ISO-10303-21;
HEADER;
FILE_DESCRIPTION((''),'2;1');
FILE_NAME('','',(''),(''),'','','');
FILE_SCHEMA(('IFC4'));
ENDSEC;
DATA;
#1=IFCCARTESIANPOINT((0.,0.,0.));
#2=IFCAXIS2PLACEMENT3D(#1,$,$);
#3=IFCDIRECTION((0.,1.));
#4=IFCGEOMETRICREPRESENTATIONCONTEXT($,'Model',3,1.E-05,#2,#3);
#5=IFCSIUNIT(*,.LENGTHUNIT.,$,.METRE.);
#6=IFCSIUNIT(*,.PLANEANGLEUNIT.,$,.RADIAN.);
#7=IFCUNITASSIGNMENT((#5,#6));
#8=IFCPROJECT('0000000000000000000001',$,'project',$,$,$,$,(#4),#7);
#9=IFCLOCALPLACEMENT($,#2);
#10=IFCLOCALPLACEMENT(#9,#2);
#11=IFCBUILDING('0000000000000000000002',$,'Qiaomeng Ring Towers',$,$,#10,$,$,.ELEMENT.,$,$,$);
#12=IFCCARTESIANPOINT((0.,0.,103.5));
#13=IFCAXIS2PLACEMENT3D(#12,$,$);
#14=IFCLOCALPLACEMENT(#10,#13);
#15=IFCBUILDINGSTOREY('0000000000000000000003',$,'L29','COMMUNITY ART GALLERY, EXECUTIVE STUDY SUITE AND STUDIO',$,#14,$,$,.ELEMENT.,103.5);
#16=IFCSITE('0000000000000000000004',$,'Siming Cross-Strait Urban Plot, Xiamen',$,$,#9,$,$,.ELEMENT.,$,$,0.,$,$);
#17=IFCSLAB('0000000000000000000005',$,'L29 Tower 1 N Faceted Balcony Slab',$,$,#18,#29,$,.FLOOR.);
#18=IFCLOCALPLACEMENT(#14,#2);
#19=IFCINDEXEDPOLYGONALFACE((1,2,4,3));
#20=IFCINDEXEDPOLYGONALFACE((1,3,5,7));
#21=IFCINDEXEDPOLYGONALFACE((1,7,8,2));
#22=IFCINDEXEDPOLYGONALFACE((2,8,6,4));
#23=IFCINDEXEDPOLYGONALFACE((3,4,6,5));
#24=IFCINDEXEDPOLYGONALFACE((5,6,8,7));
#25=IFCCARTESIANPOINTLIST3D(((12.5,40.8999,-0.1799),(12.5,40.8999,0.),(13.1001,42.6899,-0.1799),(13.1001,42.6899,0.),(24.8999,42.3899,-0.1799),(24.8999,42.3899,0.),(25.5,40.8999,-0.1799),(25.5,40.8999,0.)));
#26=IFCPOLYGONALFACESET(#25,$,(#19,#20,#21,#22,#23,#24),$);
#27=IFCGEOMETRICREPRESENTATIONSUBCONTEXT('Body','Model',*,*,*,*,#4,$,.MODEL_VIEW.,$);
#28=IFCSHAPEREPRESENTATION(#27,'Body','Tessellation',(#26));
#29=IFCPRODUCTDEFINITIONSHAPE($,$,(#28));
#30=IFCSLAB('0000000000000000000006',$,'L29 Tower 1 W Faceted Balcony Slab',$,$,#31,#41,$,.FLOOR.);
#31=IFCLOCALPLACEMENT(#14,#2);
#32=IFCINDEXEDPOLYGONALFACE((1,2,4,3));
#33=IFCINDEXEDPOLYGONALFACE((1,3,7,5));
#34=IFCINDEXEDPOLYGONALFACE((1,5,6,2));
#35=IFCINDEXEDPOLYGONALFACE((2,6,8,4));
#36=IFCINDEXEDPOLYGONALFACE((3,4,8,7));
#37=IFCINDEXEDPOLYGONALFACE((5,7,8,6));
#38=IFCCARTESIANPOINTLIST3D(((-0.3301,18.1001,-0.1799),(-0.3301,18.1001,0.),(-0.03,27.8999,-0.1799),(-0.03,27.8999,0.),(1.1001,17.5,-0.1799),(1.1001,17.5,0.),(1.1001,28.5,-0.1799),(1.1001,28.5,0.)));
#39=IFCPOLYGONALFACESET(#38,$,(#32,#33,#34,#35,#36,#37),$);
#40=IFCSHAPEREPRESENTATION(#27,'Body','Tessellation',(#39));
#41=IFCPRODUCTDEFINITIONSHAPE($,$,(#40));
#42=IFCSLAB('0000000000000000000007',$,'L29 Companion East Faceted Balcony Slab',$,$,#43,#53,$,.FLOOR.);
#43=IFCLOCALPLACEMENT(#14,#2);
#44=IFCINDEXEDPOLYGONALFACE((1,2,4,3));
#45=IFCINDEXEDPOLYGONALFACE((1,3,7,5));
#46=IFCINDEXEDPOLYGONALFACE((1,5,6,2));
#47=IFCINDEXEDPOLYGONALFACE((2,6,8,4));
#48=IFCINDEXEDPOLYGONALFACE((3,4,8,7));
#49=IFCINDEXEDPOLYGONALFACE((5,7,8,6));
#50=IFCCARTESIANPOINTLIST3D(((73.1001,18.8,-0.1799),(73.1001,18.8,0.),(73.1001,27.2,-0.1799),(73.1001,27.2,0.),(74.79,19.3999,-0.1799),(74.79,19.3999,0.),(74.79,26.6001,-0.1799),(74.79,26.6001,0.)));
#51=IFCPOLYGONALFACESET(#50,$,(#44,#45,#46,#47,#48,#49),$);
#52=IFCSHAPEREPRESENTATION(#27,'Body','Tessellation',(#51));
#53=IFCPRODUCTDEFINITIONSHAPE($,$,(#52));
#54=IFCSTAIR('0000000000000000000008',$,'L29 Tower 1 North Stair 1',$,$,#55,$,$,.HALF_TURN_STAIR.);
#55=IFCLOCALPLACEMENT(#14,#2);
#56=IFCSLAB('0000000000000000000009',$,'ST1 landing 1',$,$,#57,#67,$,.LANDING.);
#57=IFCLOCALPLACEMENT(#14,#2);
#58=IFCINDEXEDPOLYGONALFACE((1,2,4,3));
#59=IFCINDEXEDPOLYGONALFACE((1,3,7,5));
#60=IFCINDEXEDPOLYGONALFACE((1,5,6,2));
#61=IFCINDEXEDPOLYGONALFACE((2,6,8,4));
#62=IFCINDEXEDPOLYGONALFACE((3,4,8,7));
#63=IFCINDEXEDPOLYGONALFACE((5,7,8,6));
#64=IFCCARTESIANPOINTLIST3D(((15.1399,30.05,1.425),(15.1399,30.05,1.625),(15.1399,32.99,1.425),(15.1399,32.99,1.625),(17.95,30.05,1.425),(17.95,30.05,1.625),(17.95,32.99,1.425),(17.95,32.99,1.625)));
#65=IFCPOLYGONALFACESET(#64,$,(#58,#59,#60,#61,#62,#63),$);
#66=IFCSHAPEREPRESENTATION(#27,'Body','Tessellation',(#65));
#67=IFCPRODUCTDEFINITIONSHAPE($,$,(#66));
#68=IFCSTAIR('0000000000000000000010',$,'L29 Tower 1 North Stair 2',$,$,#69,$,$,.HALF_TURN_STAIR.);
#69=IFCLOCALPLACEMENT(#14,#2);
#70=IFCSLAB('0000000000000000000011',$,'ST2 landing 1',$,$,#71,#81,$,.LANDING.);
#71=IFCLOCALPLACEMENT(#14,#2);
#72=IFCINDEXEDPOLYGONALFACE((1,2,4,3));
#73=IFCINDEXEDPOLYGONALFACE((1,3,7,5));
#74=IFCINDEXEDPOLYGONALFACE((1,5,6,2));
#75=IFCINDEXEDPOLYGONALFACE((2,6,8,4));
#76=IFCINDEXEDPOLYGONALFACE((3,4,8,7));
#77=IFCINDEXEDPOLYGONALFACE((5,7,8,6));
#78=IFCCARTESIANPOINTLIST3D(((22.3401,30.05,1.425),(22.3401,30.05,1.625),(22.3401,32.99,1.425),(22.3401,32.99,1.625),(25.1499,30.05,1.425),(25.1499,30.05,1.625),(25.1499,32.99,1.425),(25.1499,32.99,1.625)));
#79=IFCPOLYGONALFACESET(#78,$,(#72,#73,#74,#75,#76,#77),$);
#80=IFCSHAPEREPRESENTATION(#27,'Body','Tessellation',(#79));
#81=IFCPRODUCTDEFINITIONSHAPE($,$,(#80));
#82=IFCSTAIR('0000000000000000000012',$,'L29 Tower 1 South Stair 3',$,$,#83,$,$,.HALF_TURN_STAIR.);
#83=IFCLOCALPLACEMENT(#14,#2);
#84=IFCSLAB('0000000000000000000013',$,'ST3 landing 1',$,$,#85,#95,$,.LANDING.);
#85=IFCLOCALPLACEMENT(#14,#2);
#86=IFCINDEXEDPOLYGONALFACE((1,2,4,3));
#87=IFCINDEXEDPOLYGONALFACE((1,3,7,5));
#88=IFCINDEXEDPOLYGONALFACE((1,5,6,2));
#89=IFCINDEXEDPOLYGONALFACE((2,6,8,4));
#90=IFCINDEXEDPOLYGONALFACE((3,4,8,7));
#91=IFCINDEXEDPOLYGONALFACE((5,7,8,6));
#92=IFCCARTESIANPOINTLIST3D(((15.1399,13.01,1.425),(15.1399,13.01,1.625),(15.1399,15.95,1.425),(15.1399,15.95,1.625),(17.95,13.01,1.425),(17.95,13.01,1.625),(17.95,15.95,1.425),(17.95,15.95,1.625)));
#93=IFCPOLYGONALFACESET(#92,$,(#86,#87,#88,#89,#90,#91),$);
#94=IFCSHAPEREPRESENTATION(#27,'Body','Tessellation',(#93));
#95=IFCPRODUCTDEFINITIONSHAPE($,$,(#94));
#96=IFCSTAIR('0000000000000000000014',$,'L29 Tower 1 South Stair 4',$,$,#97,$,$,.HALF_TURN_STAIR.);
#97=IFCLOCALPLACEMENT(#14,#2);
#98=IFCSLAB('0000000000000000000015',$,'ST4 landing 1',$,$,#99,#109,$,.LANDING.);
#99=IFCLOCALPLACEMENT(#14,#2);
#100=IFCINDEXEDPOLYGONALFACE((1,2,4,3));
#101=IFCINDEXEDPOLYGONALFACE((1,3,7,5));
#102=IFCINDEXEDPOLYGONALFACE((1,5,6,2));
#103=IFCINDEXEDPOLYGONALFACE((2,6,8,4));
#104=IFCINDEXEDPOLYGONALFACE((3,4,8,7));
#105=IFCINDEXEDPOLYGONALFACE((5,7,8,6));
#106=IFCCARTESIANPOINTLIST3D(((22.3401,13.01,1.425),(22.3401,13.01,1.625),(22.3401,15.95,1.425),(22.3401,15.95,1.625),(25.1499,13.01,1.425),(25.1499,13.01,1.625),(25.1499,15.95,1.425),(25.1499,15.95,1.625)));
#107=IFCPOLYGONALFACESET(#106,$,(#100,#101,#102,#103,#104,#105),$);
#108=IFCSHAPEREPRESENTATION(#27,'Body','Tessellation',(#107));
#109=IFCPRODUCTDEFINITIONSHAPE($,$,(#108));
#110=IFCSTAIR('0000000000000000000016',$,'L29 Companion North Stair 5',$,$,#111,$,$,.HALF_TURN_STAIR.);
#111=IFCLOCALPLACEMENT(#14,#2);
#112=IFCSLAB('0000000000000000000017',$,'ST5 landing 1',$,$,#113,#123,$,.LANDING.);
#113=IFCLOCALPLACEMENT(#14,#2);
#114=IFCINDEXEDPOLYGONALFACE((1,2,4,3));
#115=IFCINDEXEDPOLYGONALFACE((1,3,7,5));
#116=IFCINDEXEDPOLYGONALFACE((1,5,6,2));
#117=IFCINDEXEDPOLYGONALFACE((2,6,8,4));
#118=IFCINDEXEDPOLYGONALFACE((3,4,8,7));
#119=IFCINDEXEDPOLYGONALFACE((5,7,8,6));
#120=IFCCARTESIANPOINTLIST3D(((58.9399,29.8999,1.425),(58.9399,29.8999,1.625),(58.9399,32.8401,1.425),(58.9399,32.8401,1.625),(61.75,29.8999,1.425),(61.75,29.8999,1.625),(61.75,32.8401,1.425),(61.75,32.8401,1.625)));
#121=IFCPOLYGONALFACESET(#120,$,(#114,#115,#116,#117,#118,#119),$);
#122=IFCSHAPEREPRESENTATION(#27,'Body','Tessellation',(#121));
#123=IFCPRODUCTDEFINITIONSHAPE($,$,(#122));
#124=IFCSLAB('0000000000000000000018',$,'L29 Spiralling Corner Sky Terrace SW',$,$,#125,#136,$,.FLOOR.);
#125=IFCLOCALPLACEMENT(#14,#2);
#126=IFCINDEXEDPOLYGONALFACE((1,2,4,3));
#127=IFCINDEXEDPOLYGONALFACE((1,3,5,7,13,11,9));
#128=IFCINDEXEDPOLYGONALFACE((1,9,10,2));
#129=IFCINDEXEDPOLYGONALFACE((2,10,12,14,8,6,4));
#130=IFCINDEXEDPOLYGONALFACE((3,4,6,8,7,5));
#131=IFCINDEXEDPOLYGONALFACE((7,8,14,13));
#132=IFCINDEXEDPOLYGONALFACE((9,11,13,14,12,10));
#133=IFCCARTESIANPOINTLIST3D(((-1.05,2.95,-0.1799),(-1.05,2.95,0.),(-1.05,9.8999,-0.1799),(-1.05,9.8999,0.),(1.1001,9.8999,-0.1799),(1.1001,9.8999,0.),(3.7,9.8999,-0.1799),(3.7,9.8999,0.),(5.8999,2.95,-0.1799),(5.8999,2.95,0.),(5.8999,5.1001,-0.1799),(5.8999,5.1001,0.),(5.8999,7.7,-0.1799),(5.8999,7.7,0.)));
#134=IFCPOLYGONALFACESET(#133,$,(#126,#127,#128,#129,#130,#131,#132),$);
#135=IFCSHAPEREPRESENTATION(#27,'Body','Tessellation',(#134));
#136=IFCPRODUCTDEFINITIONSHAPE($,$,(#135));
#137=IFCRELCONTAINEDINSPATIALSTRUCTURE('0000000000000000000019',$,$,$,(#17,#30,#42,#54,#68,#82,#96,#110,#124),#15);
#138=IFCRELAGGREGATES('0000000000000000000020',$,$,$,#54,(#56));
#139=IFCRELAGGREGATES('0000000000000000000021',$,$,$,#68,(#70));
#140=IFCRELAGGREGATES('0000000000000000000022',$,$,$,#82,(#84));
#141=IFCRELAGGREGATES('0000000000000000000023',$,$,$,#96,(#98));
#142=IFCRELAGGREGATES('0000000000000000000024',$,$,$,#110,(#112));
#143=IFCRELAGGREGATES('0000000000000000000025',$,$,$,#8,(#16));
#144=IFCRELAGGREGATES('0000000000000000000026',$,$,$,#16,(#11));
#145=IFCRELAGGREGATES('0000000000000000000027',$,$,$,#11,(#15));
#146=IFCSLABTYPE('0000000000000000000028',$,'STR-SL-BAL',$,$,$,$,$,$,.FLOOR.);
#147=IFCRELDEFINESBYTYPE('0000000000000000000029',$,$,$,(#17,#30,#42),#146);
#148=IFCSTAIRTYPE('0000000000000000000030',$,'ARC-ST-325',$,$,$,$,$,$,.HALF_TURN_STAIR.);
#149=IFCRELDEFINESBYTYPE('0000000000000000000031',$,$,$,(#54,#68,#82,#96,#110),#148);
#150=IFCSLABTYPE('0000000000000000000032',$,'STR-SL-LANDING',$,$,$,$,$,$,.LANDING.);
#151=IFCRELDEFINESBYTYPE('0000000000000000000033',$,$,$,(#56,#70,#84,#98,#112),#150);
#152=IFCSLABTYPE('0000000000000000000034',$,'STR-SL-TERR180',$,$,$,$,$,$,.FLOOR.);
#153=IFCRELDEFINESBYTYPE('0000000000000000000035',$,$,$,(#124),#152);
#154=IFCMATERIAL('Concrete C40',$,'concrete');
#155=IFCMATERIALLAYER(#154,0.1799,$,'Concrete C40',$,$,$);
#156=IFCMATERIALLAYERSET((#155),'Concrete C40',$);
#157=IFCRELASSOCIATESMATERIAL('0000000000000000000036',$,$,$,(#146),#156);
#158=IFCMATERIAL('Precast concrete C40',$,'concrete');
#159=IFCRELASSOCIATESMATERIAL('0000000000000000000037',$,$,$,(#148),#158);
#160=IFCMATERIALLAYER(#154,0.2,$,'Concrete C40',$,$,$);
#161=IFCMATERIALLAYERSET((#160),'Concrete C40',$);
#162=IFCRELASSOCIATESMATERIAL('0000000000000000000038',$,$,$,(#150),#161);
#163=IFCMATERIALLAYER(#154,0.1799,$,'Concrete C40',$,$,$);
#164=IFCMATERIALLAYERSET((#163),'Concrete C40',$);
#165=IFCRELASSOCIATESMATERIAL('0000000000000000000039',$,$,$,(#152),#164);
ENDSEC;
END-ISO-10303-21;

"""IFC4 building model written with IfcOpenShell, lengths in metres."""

from ifc_helpers import new_model, si_unit, direction, frame, origin, place, context, subcontext, project, spatial, polyline, outline, extrude, material, layer, layer_set, type_object, element, aggregate, save


model = new_model("IFC4")

# Units and contexts
model_context = context("Model", 3, precision=1e-05, world=origin(), true_north=direction((0.0, 1.0)))
body_context = subcontext(model_context, "Body", "Model", "MODEL_VIEW")
ifc_project = project(units=[si_unit("LENGTHUNIT", "METRE"), si_unit("PLANEANGLEUNIT", "RADIAN")], contexts=[model_context])

# Site, building, storey
site_placement = place(None, origin())
site = spatial("IfcSite", under=ifc_project, at=site_placement, Name="Siming Cross-Strait Urban Plot, Xiamen", CompositionType="ELEMENT", RefElevation=0.0)
building_placement = place(site_placement, origin())
building = spatial("IfcBuilding", under=site, at=building_placement, Name="Qiaomeng Ring Towers", CompositionType="ELEMENT")
storey_placement = place(building_placement, frame((0.0, 0.0, 103.5)))
storey = spatial("IfcBuildingStorey", under=building, at=storey_placement, Name="L29", Description="COMMUNITY ART GALLERY, EXECUTIVE STUDY SUITE AND STUDIO", CompositionType="ELEMENT", Elevation=103.5)

# Slabs
ifc_material_1 = material(Name="Concrete C40", Category="concrete")
ifc_layer_1 = layer(ifc_material_1, 0.1799, Name="Concrete C40")
ifc_layer_set_1 = layer_set([ifc_layer_1], Name="Concrete C40")
slab_type_1 = type_object("IfcSlabType", Name="STR-SL-BAL", PredefinedType="FLOOR", material=ifc_layer_set_1)
slab_1_placement = place(storey_placement, frame((0.0, 0.0, -0.1799)))
element("IfcSlab", 1, at=slab_1_placement, inside=storey, type_object=slab_type_1, Name="L29 Tower 1 N Faceted Balcony Slab", PredefinedType="FLOOR", context=body_context, shape_type="SweptSolid", body=[
    extrude(outline(polyline([(12.5, 40.8999), (13.1001, 42.6899), (24.8999, 42.3899), (25.5, 40.8999), (12.5, 40.8999)])), origin(), (0.0, 0.0, 1.0), 0.1799),
])
slab_2_placement = place(storey_placement, frame((0.0, 0.0, -0.1799)))
element("IfcSlab", 2, at=slab_2_placement, inside=storey, type_object=slab_type_1, Name="L29 Tower 1 W Faceted Balcony Slab", PredefinedType="FLOOR", context=body_context, shape_type="SweptSolid", body=[
    extrude(outline(polyline([(-0.3301, 18.1001), (-0.03, 27.8999), (1.1001, 28.5), (1.1001, 17.5), (-0.3301, 18.1001)])), origin(), (0.0, 0.0, 1.0), 0.1799),
])
slab_3_placement = place(storey_placement, frame((0.0, 0.0, -0.1799)))
element("IfcSlab", 3, at=slab_3_placement, inside=storey, type_object=slab_type_1, Name="L29 Companion East Faceted Balcony Slab", PredefinedType="FLOOR", context=body_context, shape_type="SweptSolid", body=[
    extrude(outline(polyline([(74.79, 26.6001), (74.79, 19.3999), (73.1001, 18.8), (73.1001, 27.2), (74.79, 26.6001)])), origin(), (0.0, 0.0, 1.0), 0.1799),
])

# Stairs, slabs
ifc_material_2 = material(Name="Precast concrete C40", Category="concrete")
stair_type = type_object("IfcStairType", Name="ARC-ST-325", PredefinedType="HALF_TURN_STAIR", material=ifc_material_2)
stair_1_placement = place(storey_placement, origin())
stair_1 = element("IfcStair", 4, at=stair_1_placement, inside=storey, type_object=stair_type, Name="L29 Tower 1 North Stair 1", PredefinedType="HALF_TURN_STAIR")
ifc_layer_2 = layer(ifc_material_1, 0.2, Name="Concrete C40")
ifc_layer_set_2 = layer_set([ifc_layer_2], Name="Concrete C40")
slab_type_2 = type_object("IfcSlabType", Name="STR-SL-LANDING", PredefinedType="LANDING", material=ifc_layer_set_2)
slab_4_placement = place(storey_placement, frame((0.0, 0.0, 1.425)))
slab_4 = element("IfcSlab", 5, at=slab_4_placement, type_object=slab_type_2, Name="ST1 landing 1", PredefinedType="LANDING", context=body_context, shape_type="SweptSolid", body=[
    extrude(outline(polyline([(15.1399, 30.05), (17.95, 30.05), (17.95, 32.99), (15.1399, 32.99), (15.1399, 30.05)])), origin(), (0.0, 0.0, 1.0), 0.2),
])
aggregate(stair_1, [slab_4])
stair_2_placement = place(storey_placement, origin())
stair_2 = element("IfcStair", 6, at=stair_2_placement, inside=storey, type_object=stair_type, Name="L29 Tower 1 North Stair 2", PredefinedType="HALF_TURN_STAIR")
slab_5_placement = place(storey_placement, frame((0.0, 0.0, 1.425)))
slab_5 = element("IfcSlab", 7, at=slab_5_placement, type_object=slab_type_2, Name="ST2 landing 1", PredefinedType="LANDING", context=body_context, shape_type="SweptSolid", body=[
    extrude(outline(polyline([(22.3401, 30.05), (25.1499, 30.05), (25.1499, 32.99), (22.3401, 32.99), (22.3401, 30.05)])), origin(), (0.0, 0.0, 1.0), 0.2),
])
aggregate(stair_2, [slab_5])
stair_3_placement = place(storey_placement, origin())
stair_3 = element("IfcStair", 8, at=stair_3_placement, inside=storey, type_object=stair_type, Name="L29 Tower 1 South Stair 3", PredefinedType="HALF_TURN_STAIR")
slab_6_placement = place(storey_placement, frame((0.0, 0.0, 1.425)))
slab_6 = element("IfcSlab", 9, at=slab_6_placement, type_object=slab_type_2, Name="ST3 landing 1", PredefinedType="LANDING", context=body_context, shape_type="SweptSolid", body=[
    extrude(outline(polyline([(15.1399, 13.01), (17.95, 13.01), (17.95, 15.95), (15.1399, 15.95), (15.1399, 13.01)])), origin(), (0.0, 0.0, 1.0), 0.2),
])
aggregate(stair_3, [slab_6])
stair_4_placement = place(storey_placement, origin())
stair_4 = element("IfcStair", 10, at=stair_4_placement, inside=storey, type_object=stair_type, Name="L29 Tower 1 South Stair 4", PredefinedType="HALF_TURN_STAIR")
slab_7_placement = place(storey_placement, frame((0.0, 0.0, 1.425)))
slab_7 = element("IfcSlab", 11, at=slab_7_placement, type_object=slab_type_2, Name="ST4 landing 1", PredefinedType="LANDING", context=body_context, shape_type="SweptSolid", body=[
    extrude(outline(polyline([(22.3401, 13.01), (25.1499, 13.01), (25.1499, 15.95), (22.3401, 15.95), (22.3401, 13.01)])), origin(), (0.0, 0.0, 1.0), 0.2),
])
aggregate(stair_4, [slab_7])
stair_5_placement = place(storey_placement, origin())
stair_5 = element("IfcStair", 12, at=stair_5_placement, inside=storey, type_object=stair_type, Name="L29 Companion North Stair 5", PredefinedType="HALF_TURN_STAIR")
slab_8_placement = place(storey_placement, frame((0.0, 0.0, 1.425)))
slab_8 = element("IfcSlab", 13, at=slab_8_placement, type_object=slab_type_2, Name="ST5 landing 1", PredefinedType="LANDING", context=body_context, shape_type="SweptSolid", body=[
    extrude(outline(polyline([(58.9399, 29.8999), (61.75, 29.8999), (61.75, 32.8401), (58.9399, 32.8401), (58.9399, 29.8999)])), origin(), (0.0, 0.0, 1.0), 0.2),
])
aggregate(stair_5, [slab_8])

# Slab
ifc_layer_3 = layer(ifc_material_1, 0.1799, Name="Concrete C40")
ifc_layer_set_3 = layer_set([ifc_layer_3], Name="Concrete C40")
slab_type_3 = type_object("IfcSlabType", Name="STR-SL-TERR180", PredefinedType="FLOOR", material=ifc_layer_set_3)
slab_9_placement = place(storey_placement, frame((0.0, 0.0, -0.1799)))
element("IfcSlab", 14, at=slab_9_placement, inside=storey, type_object=slab_type_3, Name="L29 Spiralling Corner Sky Terrace SW", PredefinedType="FLOOR", context=body_context, shape_type="SweptSolid", body=[
    extrude(outline(polyline([(5.8999, 2.95), (-1.05, 2.95), (-1.05, 9.8999), (1.1001, 9.8999), (1.1001, 9.8999), (3.7, 9.8999), (5.8999, 7.7), (5.8999, 5.1001), (5.8999, 5.1001), (5.8999, 2.95)])), origin(), (0.0, 0.0, 1.0), 0.1799),
])

save(model, "model.ifc")
